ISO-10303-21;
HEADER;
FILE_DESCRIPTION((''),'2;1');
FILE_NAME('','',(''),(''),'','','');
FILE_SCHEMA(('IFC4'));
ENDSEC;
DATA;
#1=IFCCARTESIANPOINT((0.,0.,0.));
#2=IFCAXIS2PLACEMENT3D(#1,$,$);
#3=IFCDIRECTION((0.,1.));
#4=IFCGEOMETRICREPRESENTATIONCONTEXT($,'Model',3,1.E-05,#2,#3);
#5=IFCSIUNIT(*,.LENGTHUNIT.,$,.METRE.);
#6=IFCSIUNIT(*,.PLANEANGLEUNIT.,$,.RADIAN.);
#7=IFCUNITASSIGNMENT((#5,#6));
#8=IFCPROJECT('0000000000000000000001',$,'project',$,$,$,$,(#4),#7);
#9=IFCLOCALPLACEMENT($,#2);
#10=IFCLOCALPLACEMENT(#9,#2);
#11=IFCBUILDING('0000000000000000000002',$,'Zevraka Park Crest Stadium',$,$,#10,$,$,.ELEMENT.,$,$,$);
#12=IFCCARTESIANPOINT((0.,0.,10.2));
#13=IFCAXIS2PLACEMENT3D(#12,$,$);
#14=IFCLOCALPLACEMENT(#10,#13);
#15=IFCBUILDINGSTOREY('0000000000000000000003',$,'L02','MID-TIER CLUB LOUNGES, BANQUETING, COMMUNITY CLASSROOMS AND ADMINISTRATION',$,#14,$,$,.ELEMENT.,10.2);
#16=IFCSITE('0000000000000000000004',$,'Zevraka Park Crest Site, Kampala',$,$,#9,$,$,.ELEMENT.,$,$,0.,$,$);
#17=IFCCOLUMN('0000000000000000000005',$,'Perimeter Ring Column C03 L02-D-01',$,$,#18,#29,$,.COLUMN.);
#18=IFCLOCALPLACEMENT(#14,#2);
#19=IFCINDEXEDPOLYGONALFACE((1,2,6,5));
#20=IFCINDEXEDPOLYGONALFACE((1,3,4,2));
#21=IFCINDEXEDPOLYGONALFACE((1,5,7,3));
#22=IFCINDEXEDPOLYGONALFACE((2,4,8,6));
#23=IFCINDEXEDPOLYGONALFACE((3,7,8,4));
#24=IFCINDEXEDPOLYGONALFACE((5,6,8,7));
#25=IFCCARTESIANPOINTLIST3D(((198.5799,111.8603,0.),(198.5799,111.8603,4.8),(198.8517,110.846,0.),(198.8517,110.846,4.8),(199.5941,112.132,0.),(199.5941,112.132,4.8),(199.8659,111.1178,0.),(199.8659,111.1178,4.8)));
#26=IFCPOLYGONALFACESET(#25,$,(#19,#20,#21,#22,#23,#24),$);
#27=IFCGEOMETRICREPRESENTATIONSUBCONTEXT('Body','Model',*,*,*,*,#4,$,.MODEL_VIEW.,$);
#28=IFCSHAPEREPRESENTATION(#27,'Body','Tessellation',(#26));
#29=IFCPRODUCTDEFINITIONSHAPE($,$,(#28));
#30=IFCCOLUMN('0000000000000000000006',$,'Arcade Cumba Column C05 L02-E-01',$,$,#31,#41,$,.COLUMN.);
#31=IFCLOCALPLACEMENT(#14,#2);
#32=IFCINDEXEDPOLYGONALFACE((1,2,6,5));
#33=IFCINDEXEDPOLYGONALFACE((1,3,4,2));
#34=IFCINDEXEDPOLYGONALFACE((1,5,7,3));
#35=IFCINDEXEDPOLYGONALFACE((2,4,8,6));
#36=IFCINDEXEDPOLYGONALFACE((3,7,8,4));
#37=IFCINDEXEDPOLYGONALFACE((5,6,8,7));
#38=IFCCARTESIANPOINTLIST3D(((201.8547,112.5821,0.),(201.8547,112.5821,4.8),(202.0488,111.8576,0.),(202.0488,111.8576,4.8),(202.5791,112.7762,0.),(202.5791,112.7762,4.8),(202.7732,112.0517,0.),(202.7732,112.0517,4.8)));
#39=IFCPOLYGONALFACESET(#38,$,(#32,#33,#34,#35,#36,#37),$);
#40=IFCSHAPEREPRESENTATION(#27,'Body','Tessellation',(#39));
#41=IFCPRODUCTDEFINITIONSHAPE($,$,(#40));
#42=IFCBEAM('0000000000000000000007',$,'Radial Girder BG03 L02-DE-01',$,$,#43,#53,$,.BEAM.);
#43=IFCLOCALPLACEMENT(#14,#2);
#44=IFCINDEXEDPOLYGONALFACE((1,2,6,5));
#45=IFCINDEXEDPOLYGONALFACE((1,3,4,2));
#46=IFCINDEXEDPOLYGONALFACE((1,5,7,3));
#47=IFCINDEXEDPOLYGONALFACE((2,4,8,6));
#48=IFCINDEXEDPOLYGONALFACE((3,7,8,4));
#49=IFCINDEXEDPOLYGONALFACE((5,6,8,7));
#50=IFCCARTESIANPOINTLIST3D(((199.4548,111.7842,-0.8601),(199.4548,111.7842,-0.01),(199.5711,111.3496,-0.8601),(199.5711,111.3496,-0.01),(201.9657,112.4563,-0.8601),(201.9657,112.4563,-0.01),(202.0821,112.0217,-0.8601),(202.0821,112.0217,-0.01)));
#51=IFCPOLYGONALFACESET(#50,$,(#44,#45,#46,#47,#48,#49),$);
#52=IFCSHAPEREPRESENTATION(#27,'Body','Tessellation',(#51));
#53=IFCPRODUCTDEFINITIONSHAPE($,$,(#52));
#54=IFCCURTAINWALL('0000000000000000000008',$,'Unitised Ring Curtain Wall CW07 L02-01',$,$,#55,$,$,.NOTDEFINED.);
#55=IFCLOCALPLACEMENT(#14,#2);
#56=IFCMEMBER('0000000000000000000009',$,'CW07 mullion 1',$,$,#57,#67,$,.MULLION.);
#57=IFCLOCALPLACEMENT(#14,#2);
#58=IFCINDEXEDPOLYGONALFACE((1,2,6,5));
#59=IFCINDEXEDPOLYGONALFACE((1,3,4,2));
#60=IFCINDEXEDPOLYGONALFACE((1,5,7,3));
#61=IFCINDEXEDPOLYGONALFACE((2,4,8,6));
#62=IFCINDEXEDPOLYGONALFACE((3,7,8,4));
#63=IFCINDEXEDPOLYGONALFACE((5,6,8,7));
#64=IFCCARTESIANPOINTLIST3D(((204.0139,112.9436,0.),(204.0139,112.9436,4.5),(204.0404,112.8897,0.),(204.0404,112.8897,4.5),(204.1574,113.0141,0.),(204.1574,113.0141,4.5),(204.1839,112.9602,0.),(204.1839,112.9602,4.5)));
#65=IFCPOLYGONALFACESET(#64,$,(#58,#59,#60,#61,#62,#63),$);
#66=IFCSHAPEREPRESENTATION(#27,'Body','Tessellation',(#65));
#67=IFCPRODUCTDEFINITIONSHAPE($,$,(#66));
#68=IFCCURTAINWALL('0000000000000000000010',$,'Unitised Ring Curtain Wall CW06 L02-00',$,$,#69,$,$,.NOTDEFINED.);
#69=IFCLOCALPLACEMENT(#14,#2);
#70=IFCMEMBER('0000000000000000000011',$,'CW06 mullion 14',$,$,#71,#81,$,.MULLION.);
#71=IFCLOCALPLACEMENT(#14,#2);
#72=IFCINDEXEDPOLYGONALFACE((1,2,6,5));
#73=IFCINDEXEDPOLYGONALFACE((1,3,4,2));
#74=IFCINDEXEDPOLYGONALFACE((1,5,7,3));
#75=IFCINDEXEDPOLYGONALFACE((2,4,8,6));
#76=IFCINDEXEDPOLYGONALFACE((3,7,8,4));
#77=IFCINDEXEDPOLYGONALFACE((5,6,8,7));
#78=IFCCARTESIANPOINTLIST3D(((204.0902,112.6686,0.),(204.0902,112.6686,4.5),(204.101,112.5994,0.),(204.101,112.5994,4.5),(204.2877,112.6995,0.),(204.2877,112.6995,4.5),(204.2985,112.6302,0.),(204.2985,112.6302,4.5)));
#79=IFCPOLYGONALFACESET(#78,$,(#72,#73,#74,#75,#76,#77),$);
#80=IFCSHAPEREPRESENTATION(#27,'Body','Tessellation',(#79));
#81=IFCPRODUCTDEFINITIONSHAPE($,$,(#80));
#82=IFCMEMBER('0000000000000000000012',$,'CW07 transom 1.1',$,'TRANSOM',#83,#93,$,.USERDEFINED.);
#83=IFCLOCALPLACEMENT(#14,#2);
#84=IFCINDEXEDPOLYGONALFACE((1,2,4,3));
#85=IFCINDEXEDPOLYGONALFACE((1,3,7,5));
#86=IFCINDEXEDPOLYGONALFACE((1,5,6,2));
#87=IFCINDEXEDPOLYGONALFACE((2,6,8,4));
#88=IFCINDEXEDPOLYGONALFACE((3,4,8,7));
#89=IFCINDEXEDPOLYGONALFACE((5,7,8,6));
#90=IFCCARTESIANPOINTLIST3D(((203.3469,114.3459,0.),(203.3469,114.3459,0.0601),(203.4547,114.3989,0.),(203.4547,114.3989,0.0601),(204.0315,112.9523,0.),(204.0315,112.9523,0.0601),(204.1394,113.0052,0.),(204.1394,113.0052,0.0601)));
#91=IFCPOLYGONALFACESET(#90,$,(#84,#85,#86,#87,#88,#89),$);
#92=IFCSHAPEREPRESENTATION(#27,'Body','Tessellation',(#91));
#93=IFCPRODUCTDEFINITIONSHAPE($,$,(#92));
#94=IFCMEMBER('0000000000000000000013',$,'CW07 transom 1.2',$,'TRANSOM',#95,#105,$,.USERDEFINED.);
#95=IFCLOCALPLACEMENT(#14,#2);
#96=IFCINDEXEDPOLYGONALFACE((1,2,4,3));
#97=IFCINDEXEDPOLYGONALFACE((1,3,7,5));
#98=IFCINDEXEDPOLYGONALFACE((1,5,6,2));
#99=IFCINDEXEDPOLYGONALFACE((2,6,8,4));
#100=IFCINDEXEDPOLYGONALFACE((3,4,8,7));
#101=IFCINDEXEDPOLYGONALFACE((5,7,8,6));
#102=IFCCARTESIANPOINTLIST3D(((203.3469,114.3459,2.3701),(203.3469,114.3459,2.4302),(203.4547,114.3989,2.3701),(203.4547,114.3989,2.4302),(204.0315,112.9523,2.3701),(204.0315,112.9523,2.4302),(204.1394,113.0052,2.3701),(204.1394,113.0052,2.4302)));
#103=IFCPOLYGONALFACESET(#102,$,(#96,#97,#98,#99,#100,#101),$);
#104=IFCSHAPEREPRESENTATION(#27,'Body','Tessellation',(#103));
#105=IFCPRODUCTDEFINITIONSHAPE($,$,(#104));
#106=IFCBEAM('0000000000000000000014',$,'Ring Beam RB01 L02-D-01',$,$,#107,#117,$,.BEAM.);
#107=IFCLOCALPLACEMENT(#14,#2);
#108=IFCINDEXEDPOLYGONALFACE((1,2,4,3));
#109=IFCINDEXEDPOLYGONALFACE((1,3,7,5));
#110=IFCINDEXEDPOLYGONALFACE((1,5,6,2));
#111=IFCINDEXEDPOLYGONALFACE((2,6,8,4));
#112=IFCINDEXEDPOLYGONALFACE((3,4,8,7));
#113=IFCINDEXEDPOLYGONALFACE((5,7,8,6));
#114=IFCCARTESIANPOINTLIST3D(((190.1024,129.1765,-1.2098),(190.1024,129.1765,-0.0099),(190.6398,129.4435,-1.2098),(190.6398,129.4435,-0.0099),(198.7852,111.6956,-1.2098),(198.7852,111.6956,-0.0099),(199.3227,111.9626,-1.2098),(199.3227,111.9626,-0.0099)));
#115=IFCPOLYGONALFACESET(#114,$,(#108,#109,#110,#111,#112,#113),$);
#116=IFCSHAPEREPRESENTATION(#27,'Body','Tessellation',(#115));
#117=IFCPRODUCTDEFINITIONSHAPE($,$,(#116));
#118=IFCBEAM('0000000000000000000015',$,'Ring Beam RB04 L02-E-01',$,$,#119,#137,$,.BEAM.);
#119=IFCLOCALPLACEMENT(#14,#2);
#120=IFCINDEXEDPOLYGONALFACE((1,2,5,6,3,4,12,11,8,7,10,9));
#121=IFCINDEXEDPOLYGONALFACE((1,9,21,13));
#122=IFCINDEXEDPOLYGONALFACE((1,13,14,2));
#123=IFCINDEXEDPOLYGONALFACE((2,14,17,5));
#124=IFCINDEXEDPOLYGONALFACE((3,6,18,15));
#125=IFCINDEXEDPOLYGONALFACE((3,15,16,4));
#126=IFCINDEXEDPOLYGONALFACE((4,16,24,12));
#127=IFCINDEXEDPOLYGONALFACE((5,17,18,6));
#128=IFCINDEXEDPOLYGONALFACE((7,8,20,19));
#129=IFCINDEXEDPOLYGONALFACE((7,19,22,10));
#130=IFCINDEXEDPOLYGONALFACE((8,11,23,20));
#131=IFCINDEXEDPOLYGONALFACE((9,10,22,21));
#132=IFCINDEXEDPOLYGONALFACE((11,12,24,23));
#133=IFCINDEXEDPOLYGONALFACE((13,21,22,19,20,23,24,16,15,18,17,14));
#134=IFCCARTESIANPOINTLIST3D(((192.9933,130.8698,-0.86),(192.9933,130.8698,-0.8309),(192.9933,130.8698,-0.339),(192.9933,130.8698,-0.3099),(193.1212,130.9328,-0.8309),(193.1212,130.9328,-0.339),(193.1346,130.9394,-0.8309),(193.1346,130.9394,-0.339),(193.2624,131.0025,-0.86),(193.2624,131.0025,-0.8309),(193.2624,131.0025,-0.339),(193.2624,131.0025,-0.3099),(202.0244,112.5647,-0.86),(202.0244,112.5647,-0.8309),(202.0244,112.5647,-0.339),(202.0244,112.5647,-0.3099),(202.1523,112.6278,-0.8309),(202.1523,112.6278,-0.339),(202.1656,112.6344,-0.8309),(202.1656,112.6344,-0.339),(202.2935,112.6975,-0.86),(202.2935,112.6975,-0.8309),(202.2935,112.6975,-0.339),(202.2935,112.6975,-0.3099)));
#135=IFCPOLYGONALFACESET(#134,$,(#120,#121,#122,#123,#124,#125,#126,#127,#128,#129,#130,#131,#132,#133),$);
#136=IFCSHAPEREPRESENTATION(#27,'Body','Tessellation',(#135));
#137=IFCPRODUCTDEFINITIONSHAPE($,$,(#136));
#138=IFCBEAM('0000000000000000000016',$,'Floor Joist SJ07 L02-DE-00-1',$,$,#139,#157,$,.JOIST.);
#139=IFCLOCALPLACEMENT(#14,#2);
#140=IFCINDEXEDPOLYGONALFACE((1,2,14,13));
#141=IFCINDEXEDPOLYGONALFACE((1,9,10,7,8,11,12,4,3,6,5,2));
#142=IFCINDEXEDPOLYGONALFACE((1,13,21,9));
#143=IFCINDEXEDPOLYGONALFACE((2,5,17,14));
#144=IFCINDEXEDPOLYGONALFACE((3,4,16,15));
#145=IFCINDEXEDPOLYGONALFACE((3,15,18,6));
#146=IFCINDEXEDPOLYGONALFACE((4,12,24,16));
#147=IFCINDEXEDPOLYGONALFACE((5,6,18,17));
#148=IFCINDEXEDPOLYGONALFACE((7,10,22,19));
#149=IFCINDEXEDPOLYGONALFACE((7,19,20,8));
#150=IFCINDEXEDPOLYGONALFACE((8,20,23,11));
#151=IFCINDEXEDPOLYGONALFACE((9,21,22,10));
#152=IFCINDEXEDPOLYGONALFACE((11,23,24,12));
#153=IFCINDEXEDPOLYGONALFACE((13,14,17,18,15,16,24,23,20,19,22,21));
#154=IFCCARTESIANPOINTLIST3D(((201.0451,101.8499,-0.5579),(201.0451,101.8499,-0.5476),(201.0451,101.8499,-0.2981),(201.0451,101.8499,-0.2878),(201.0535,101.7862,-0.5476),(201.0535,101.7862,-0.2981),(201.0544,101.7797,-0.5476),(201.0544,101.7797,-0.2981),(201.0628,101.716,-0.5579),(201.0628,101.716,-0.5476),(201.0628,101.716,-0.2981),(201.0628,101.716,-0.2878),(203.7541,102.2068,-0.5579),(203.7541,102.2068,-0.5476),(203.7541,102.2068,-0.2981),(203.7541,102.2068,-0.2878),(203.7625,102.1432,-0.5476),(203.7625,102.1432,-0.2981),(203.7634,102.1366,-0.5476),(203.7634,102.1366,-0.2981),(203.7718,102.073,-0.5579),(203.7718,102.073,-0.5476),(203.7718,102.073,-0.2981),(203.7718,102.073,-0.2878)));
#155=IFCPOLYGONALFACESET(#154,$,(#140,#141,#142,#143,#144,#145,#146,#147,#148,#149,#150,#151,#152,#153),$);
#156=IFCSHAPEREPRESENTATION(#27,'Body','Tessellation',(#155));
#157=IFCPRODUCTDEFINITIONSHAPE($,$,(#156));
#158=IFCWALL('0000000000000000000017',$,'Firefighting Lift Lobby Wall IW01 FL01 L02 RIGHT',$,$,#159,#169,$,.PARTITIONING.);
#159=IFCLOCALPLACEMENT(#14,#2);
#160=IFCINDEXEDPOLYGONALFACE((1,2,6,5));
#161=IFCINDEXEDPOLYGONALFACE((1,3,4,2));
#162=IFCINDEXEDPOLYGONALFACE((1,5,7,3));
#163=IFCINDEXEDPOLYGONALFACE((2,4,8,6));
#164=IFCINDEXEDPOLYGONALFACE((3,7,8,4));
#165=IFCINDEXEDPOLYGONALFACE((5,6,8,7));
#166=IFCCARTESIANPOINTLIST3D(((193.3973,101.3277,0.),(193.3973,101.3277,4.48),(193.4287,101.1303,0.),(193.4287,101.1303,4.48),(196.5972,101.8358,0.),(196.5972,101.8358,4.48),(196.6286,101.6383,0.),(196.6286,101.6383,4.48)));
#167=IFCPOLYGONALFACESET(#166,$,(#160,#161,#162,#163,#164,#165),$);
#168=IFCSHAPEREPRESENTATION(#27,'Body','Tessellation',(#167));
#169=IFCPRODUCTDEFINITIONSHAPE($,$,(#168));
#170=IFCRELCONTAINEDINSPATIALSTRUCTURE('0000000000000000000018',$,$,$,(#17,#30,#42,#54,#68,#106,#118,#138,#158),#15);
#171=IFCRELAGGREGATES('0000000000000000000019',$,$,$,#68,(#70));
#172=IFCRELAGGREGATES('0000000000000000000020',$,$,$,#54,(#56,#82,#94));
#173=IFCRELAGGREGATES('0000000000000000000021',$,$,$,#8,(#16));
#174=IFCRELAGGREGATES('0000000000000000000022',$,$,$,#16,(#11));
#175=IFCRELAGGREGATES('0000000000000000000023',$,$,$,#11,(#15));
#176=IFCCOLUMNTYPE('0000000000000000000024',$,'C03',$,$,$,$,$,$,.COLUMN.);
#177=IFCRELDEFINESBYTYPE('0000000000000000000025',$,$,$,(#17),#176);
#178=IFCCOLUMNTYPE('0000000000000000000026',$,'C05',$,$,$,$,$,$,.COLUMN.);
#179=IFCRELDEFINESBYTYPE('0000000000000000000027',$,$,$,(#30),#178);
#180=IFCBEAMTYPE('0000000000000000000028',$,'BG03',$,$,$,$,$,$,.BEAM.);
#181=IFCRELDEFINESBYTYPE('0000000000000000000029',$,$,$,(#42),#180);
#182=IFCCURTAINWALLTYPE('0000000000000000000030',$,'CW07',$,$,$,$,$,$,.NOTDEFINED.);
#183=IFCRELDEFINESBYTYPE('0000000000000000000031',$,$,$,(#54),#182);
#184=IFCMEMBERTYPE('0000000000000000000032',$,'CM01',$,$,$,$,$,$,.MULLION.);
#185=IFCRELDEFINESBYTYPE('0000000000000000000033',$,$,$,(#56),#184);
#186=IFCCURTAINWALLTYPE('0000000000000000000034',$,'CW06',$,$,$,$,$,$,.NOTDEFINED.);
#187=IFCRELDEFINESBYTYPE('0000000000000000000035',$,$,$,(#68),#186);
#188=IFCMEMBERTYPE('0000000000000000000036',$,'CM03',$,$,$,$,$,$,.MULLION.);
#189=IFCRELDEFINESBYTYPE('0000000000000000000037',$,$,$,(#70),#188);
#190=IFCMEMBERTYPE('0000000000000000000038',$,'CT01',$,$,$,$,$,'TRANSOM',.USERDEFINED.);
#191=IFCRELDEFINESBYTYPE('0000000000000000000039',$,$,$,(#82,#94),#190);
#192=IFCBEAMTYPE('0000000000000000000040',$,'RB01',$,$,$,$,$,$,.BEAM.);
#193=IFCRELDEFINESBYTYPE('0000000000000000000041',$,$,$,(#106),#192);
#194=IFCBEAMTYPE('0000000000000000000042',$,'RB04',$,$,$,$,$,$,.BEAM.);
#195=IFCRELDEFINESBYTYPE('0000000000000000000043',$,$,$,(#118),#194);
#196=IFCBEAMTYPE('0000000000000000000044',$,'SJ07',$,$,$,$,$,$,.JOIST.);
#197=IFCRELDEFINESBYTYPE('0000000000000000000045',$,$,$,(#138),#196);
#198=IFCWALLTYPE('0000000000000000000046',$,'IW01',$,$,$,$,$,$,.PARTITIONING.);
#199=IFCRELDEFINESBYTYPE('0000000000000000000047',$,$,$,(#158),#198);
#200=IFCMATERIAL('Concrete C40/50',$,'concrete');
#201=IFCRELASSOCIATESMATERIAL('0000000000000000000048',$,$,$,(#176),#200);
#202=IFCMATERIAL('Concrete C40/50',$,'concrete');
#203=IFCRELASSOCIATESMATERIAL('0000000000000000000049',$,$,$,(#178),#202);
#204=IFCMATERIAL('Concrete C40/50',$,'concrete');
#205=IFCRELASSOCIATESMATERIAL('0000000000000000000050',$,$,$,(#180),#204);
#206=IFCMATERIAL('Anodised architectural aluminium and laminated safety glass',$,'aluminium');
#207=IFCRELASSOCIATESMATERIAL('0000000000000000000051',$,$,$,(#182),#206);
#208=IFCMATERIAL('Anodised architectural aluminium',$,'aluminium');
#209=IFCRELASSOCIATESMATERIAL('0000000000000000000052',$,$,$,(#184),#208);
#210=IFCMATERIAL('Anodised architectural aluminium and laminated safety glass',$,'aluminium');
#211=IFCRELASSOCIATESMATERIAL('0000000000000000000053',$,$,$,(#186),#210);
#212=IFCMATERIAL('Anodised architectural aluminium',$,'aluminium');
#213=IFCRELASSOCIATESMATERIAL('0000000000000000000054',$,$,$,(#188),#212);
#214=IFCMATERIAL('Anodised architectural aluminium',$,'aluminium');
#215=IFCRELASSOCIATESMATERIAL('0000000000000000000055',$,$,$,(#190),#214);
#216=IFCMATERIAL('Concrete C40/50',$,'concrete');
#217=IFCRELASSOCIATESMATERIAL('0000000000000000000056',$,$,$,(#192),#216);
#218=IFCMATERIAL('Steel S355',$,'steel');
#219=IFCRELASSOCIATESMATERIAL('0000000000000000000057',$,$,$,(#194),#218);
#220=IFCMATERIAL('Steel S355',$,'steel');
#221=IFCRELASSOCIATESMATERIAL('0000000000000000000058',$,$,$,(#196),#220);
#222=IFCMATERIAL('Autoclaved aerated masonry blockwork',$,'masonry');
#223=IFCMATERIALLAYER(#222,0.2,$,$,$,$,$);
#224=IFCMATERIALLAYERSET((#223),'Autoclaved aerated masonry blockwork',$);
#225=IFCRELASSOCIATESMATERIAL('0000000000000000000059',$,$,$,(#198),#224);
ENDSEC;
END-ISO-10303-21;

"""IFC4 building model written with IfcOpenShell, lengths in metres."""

from ifc_helpers import new_model, si_unit, direction, frame, frame_2d, origin, origin_2d, place, context, subcontext, project, spatial, rectangle, i_section, extrude, material, layer, layer_set, material_profile, profile_set, type_object, element, aggregate, save


model = new_model("IFC4")

# Units and contexts
model_context = context("Model", 3, precision=1e-05, world=origin(), true_north=direction((0.0, 1.0)))
body_context = subcontext(model_context, "Body", "Model", "MODEL_VIEW")
ifc_project = project(units=[si_unit("LENGTHUNIT", "METRE"), si_unit("PLANEANGLEUNIT", "RADIAN")], contexts=[model_context])

# Site, building, storey
site_placement = place(None, origin())
site = spatial("IfcSite", under=ifc_project, at=site_placement, Name="Zevraka Park Crest Site, Kampala", CompositionType="ELEMENT", RefElevation=0.0)
building_placement = place(site_placement, origin())
building = spatial("IfcBuilding", under=site, at=building_placement, Name="Zevraka Park Crest Stadium", CompositionType="ELEMENT")
storey_placement = place(building_placement, frame((0.0, 0.0, 10.2)))
storey = spatial("IfcBuildingStorey", under=building, at=storey_placement, Name="L02", Description="MID-TIER CLUB LOUNGES, BANQUETING, COMMUNITY CLASSROOMS AND ADMINISTRATION", CompositionType="ELEMENT", Elevation=10.2)

# Columns
ifc_material_1 = material(Name="Concrete C40/50", Category="concrete")
ifc_material_profile_1 = material_profile(ifc_material_1, rectangle(XDim=1.05, YDim=1.05, at=origin_2d()), Name="RC 1050x1050")
ifc_profile_set_1 = profile_set([ifc_material_profile_1], Name="Concrete C40/50")
column_type_1 = type_object("IfcColumnType", Name="C03", PredefinedType="COLUMN", material=ifc_profile_set_1)
column_1_placement = place(storey_placement, frame((199.2229, 111.489, 0.0), z_axis=(0.0, 0.0, 1.0), x_axis=(0.965926, 0.258819, 0.0)))
element("IfcColumn", 1, at=column_1_placement, inside=storey, type_object=column_type_1, Name="Perimeter Ring Column C03 L02-D-01", PredefinedType="COLUMN", context=body_context, shape_type="SweptSolid", body=[
    extrude(rectangle(XDim=1.05, YDim=1.05, at=origin_2d()), origin(), (0.0, 0.0, 1.0), 4.8),
])
ifc_material_2 = material(Name="Concrete C40/50", Category="concrete")
ifc_material_profile_2 = material_profile(ifc_material_2, rectangle(XDim=0.75, YDim=0.75, at=origin_2d()), Name="RC 750x750")
ifc_profile_set_2 = profile_set([ifc_material_profile_2], Name="Concrete C40/50")
column_type_2 = type_object("IfcColumnType", Name="C05", PredefinedType="COLUMN", material=ifc_profile_set_2)
column_2_placement = place(storey_placement, frame((202.314, 112.3169, 0.0), z_axis=(0.0, 0.0, 1.0), x_axis=(0.965926, 0.258819, 0.0)))
element("IfcColumn", 2, at=column_2_placement, inside=storey, type_object=column_type_2, Name="Arcade Cumba Column C05 L02-E-01", PredefinedType="COLUMN", context=body_context, shape_type="SweptSolid", body=[
    extrude(rectangle(XDim=0.75, YDim=0.75, at=origin_2d()), origin(), (0.0, 0.0, 1.0), 4.8),
])

# Beam
ifc_material_3 = material(Name="Concrete C40/50", Category="concrete")
ifc_material_profile_3 = material_profile(ifc_material_3, rectangle(XDim=0.45, YDim=0.8501, at=origin_2d()), Name="RC 850x450")
ifc_profile_set_3 = profile_set([ifc_material_profile_3], Name="Concrete C40/50")
beam_type_1 = type_object("IfcBeamType", Name="BG03", PredefinedType="BEAM", material=ifc_profile_set_3)
beam_1_placement = place(storey_placement, frame((199.5129, 111.5669, -0.4351), z_axis=(0.965993, 0.258569, 0.0), x_axis=(-0.258569, 0.965993, 0.0)))
element("IfcBeam", 3, at=beam_1_placement, inside=storey, type_object=beam_type_1, Name="Radial Girder BG03 L02-DE-01", PredefinedType="BEAM", context=body_context, shape_type="SweptSolid", body=[
    extrude(rectangle(XDim=0.45, YDim=0.8501, at=origin_2d()), origin(), (0.0, 0.0, 1.0), 2.5994),
])

# Curtain walls, members
ifc_material_4 = material(Name="Anodised architectural aluminium and laminated safety glass", Category="aluminium")
curtain_wall_type_1 = type_object("IfcCurtainWallType", Name="CW07", PredefinedType="NOTDEFINED", material=ifc_material_4)
curtain_wall_1_placement = place(storey_placement, origin())
curtain_wall_1 = element("IfcCurtainWall", 4, at=curtain_wall_1_placement, inside=storey, type_object=curtain_wall_type_1, Name="Unitised Ring Curtain Wall CW07 L02-01", PredefinedType="NOTDEFINED")
ifc_material_5 = material(Name="Anodised architectural aluminium", Category="aluminium")
ifc_material_profile_4 = material_profile(ifc_material_5, rectangle(XDim=0.1599, YDim=0.0601, at=origin_2d()), Name="ALU MULLION 160x60")
ifc_profile_set_4 = profile_set([ifc_material_profile_4], Name="Anodised architectural aluminium")
member_type_1 = type_object("IfcMemberType", Name="CM01", PredefinedType="MULLION", material=ifc_profile_set_4)
member_1_placement = place(storey_placement, frame((204.0989, 112.9519, 0.0), z_axis=(0.0, 0.0, 1.0), x_axis=(-0.897497, -0.441021, 0.0)))
member_1 = element("IfcMember", 5, at=member_1_placement, type_object=member_type_1, Name="CW07 mullion 1", PredefinedType="MULLION", context=body_context, shape_type="SweptSolid", body=[
    extrude(rectangle(XDim=0.1599, YDim=0.0601, at=origin_2d()), origin(), (0.0, 0.0, 1.0), 4.5),
])
ifc_material_6 = material(Name="Anodised architectural aluminium and laminated safety glass", Category="aluminium")
curtain_wall_type_2 = type_object("IfcCurtainWallType", Name="CW06", PredefinedType="NOTDEFINED", material=ifc_material_6)
curtain_wall_2_placement = place(storey_placement, origin())
curtain_wall_2 = element("IfcCurtainWall", 6, at=curtain_wall_2_placement, inside=storey, type_object=curtain_wall_type_2, Name="Unitised Ring Curtain Wall CW06 L02-00", PredefinedType="NOTDEFINED")
ifc_material_7 = material(Name="Anodised architectural aluminium", Category="aluminium")
ifc_material_profile_5 = material_profile(ifc_material_7, rectangle(XDim=0.2, YDim=0.0701, at=origin_2d()), Name="ALU MULLION 200x70")
ifc_profile_set_5 = profile_set([ifc_material_profile_5], Name="Anodised architectural aluminium")
member_type_2 = type_object("IfcMemberType", Name="CM03", PredefinedType="MULLION", material=ifc_profile_set_5)
member_2_placement = place(storey_placement, frame((204.1943, 112.6494, 0.0), z_axis=(0.0, 0.0, 1.0), x_axis=(-0.988028, -0.154274, 0.0)))
member_2 = element("IfcMember", 7, at=member_2_placement, type_object=member_type_2, Name="CW06 mullion 14", PredefinedType="MULLION", context=body_context, shape_type="SweptSolid", body=[
    extrude(rectangle(XDim=0.2, YDim=0.0701, at=origin_2d()), origin(), (0.0, 0.0, 1.0), 4.5),
])
aggregate(curtain_wall_2, [member_2])

# Members
ifc_material_8 = material(Name="Anodised architectural aluminium", Category="aluminium")
ifc_material_profile_6 = material_profile(ifc_material_8, rectangle(XDim=0.1201, YDim=0.0601, at=origin_2d()), Name="ALU TRANSOM 120x60")
ifc_profile_set_6 = profile_set([ifc_material_profile_6], Name="Anodised architectural aluminium")
member_type_3 = type_object("IfcMemberType", Name="CT01", ElementType="TRANSOM", PredefinedType="USERDEFINED", material=ifc_profile_set_6)
member_3_placement = place(storey_placement, frame((204.0854, 112.9788, 0.03), z_axis=(-0.440913, 0.89755, 0.0), x_axis=(-0.89755, -0.440913, 0.0)))
member_3 = element("IfcMember", 8, at=member_3_placement, type_object=member_type_3, Name="CW07 transom 1.1", ObjectType="TRANSOM", PredefinedType="USERDEFINED", context=body_context, shape_type="SweptSolid", body=[
    extrude(rectangle(XDim=0.1201, YDim=0.0601, at=origin_2d()), origin(), (0.0, 0.0, 1.0), 1.5527),
])
member_4_placement = place(storey_placement, frame((204.0854, 112.9788, 2.4001), z_axis=(-0.440913, 0.89755, 0.0), x_axis=(-0.89755, -0.440913, 0.0)))
member_4 = element("IfcMember", 9, at=member_4_placement, type_object=member_type_3, Name="CW07 transom 1.2", ObjectType="TRANSOM", PredefinedType="USERDEFINED", context=body_context, shape_type="SweptSolid", body=[
    extrude(rectangle(XDim=0.1201, YDim=0.0601, at=origin_2d()), origin(), (0.0, 0.0, 1.0), 1.5527),
])
aggregate(curtain_wall_1, [member_1, member_3, member_4])

# Beams
ifc_material_9 = material(Name="Concrete C40/50", Category="concrete")
ifc_material_profile_7 = material_profile(ifc_material_9, rectangle(XDim=0.6001, YDim=1.2, at=origin_2d()), Name="RC 1200x600")
ifc_profile_set_7 = profile_set([ifc_material_profile_7], Name="Concrete C40/50")
beam_type_2 = type_object("IfcBeamType", Name="RB01", PredefinedType="BEAM", material=ifc_profile_set_7)
beam_2_placement = place(storey_placement, frame((199.054, 111.8291, -0.6099), z_axis=(-0.444851, 0.895605, 0.0), x_axis=(-0.895605, -0.444851, 0.0)))
element("IfcBeam", 10, at=beam_2_placement, inside=storey, type_object=beam_type_2, Name="Ring Beam RB01 L02-D-01", PredefinedType="BEAM", context=body_context, shape_type="SweptSolid", body=[
    extrude(rectangle(XDim=0.6001, YDim=1.2, at=origin_2d()), origin(), (0.0, 0.0, 1.0), 19.5186),
])
ifc_material_10 = material(Name="Steel S355", Category="steel")
ifc_material_profile_8 = material_profile(ifc_material_10, i_section(OverallWidth=0.3, OverallDepth=0.55, WebThickness=0.0149, FlangeThickness=0.0291, at=origin_2d()), Name="HEB 550")
ifc_profile_set_8 = profile_set([ifc_material_profile_8], Name="Steel S355")
beam_type_3 = type_object("IfcBeamType", Name="RB04", PredefinedType="BEAM", material=ifc_profile_set_8)
beam_3_placement = place(storey_placement, frame((202.1589, 112.6311, -0.585), z_axis=(-0.442447, 0.896795, 0.0), x_axis=(-0.896795, -0.442447, 0.0)))
element("IfcBeam", 11, at=beam_3_placement, inside=storey, type_object=beam_type_3, Name="Ring Beam RB04 L02-E-01", PredefinedType="BEAM", context=body_context, shape_type="SweptSolid", body=[
    extrude(i_section(OverallWidth=0.3, OverallDepth=0.55, WebThickness=0.0149, FlangeThickness=0.0291, at=origin_2d()), origin(), (0.0, 0.0, 1.0), 20.4116),
])
ifc_material_11 = material(Name="Steel S355", Category="steel")
ifc_material_profile_9 = material_profile(ifc_material_11, i_section(OverallWidth=0.135, OverallDepth=0.27, WebThickness=0.0066, FlangeThickness=0.0103, at=origin_2d()), Name="IPE 270")
ifc_profile_set_9 = profile_set([ifc_material_profile_9], Name="Steel S355")
beam_type_4 = type_object("IfcBeamType", Name="SJ07", PredefinedType="JOIST", material=ifc_profile_set_9)
beam_4_placement = place(storey_placement, frame((201.054, 101.783, -0.4229), z_axis=(0.991431, 0.13063, 0.0), x_axis=(-0.13063, 0.991431, 0.0)))
element("IfcBeam", 12, at=beam_4_placement, inside=storey, type_object=beam_type_4, Name="Floor Joist SJ07 L02-DE-00-1", PredefinedType="JOIST", context=body_context, shape_type="SweptSolid", body=[
    extrude(i_section(OverallWidth=0.135, OverallDepth=0.27, WebThickness=0.0066, FlangeThickness=0.0103, at=origin_2d()), origin(), (0.0, 0.0, 1.0), 2.7324),
])

# Wall
ifc_material_12 = material(Name="Autoclaved aerated masonry blockwork", Category="masonry")
ifc_layer_1 = layer(ifc_material_12, 0.2)
ifc_layer_set_1 = layer_set([ifc_layer_1], Name="Autoclaved aerated masonry blockwork")
wall_type_1 = type_object("IfcWallType", Name="IW01", PredefinedType="PARTITIONING", material=ifc_layer_set_1)
wall_1_placement = place(storey_placement, frame((196.613, 101.7371, 0.0), z_axis=(0.0, 0.0, 1.0), x_axis=(-0.987629, -0.156806, 0.0)))
element("IfcWall", 13, at=wall_1_placement, inside=storey, type_object=wall_type_1, Name="Firefighting Lift Lobby Wall IW01 FL01 L02 RIGHT", PredefinedType="PARTITIONING", context=body_context, shape_type="SweptSolid", body=[
    extrude(rectangle(XDim=3.24, YDim=0.2, at=frame_2d((1.6201, 0.0))), origin(), (0.0, 0.0, 1.0), 4.48),
])

save(model, "model.ifc")
